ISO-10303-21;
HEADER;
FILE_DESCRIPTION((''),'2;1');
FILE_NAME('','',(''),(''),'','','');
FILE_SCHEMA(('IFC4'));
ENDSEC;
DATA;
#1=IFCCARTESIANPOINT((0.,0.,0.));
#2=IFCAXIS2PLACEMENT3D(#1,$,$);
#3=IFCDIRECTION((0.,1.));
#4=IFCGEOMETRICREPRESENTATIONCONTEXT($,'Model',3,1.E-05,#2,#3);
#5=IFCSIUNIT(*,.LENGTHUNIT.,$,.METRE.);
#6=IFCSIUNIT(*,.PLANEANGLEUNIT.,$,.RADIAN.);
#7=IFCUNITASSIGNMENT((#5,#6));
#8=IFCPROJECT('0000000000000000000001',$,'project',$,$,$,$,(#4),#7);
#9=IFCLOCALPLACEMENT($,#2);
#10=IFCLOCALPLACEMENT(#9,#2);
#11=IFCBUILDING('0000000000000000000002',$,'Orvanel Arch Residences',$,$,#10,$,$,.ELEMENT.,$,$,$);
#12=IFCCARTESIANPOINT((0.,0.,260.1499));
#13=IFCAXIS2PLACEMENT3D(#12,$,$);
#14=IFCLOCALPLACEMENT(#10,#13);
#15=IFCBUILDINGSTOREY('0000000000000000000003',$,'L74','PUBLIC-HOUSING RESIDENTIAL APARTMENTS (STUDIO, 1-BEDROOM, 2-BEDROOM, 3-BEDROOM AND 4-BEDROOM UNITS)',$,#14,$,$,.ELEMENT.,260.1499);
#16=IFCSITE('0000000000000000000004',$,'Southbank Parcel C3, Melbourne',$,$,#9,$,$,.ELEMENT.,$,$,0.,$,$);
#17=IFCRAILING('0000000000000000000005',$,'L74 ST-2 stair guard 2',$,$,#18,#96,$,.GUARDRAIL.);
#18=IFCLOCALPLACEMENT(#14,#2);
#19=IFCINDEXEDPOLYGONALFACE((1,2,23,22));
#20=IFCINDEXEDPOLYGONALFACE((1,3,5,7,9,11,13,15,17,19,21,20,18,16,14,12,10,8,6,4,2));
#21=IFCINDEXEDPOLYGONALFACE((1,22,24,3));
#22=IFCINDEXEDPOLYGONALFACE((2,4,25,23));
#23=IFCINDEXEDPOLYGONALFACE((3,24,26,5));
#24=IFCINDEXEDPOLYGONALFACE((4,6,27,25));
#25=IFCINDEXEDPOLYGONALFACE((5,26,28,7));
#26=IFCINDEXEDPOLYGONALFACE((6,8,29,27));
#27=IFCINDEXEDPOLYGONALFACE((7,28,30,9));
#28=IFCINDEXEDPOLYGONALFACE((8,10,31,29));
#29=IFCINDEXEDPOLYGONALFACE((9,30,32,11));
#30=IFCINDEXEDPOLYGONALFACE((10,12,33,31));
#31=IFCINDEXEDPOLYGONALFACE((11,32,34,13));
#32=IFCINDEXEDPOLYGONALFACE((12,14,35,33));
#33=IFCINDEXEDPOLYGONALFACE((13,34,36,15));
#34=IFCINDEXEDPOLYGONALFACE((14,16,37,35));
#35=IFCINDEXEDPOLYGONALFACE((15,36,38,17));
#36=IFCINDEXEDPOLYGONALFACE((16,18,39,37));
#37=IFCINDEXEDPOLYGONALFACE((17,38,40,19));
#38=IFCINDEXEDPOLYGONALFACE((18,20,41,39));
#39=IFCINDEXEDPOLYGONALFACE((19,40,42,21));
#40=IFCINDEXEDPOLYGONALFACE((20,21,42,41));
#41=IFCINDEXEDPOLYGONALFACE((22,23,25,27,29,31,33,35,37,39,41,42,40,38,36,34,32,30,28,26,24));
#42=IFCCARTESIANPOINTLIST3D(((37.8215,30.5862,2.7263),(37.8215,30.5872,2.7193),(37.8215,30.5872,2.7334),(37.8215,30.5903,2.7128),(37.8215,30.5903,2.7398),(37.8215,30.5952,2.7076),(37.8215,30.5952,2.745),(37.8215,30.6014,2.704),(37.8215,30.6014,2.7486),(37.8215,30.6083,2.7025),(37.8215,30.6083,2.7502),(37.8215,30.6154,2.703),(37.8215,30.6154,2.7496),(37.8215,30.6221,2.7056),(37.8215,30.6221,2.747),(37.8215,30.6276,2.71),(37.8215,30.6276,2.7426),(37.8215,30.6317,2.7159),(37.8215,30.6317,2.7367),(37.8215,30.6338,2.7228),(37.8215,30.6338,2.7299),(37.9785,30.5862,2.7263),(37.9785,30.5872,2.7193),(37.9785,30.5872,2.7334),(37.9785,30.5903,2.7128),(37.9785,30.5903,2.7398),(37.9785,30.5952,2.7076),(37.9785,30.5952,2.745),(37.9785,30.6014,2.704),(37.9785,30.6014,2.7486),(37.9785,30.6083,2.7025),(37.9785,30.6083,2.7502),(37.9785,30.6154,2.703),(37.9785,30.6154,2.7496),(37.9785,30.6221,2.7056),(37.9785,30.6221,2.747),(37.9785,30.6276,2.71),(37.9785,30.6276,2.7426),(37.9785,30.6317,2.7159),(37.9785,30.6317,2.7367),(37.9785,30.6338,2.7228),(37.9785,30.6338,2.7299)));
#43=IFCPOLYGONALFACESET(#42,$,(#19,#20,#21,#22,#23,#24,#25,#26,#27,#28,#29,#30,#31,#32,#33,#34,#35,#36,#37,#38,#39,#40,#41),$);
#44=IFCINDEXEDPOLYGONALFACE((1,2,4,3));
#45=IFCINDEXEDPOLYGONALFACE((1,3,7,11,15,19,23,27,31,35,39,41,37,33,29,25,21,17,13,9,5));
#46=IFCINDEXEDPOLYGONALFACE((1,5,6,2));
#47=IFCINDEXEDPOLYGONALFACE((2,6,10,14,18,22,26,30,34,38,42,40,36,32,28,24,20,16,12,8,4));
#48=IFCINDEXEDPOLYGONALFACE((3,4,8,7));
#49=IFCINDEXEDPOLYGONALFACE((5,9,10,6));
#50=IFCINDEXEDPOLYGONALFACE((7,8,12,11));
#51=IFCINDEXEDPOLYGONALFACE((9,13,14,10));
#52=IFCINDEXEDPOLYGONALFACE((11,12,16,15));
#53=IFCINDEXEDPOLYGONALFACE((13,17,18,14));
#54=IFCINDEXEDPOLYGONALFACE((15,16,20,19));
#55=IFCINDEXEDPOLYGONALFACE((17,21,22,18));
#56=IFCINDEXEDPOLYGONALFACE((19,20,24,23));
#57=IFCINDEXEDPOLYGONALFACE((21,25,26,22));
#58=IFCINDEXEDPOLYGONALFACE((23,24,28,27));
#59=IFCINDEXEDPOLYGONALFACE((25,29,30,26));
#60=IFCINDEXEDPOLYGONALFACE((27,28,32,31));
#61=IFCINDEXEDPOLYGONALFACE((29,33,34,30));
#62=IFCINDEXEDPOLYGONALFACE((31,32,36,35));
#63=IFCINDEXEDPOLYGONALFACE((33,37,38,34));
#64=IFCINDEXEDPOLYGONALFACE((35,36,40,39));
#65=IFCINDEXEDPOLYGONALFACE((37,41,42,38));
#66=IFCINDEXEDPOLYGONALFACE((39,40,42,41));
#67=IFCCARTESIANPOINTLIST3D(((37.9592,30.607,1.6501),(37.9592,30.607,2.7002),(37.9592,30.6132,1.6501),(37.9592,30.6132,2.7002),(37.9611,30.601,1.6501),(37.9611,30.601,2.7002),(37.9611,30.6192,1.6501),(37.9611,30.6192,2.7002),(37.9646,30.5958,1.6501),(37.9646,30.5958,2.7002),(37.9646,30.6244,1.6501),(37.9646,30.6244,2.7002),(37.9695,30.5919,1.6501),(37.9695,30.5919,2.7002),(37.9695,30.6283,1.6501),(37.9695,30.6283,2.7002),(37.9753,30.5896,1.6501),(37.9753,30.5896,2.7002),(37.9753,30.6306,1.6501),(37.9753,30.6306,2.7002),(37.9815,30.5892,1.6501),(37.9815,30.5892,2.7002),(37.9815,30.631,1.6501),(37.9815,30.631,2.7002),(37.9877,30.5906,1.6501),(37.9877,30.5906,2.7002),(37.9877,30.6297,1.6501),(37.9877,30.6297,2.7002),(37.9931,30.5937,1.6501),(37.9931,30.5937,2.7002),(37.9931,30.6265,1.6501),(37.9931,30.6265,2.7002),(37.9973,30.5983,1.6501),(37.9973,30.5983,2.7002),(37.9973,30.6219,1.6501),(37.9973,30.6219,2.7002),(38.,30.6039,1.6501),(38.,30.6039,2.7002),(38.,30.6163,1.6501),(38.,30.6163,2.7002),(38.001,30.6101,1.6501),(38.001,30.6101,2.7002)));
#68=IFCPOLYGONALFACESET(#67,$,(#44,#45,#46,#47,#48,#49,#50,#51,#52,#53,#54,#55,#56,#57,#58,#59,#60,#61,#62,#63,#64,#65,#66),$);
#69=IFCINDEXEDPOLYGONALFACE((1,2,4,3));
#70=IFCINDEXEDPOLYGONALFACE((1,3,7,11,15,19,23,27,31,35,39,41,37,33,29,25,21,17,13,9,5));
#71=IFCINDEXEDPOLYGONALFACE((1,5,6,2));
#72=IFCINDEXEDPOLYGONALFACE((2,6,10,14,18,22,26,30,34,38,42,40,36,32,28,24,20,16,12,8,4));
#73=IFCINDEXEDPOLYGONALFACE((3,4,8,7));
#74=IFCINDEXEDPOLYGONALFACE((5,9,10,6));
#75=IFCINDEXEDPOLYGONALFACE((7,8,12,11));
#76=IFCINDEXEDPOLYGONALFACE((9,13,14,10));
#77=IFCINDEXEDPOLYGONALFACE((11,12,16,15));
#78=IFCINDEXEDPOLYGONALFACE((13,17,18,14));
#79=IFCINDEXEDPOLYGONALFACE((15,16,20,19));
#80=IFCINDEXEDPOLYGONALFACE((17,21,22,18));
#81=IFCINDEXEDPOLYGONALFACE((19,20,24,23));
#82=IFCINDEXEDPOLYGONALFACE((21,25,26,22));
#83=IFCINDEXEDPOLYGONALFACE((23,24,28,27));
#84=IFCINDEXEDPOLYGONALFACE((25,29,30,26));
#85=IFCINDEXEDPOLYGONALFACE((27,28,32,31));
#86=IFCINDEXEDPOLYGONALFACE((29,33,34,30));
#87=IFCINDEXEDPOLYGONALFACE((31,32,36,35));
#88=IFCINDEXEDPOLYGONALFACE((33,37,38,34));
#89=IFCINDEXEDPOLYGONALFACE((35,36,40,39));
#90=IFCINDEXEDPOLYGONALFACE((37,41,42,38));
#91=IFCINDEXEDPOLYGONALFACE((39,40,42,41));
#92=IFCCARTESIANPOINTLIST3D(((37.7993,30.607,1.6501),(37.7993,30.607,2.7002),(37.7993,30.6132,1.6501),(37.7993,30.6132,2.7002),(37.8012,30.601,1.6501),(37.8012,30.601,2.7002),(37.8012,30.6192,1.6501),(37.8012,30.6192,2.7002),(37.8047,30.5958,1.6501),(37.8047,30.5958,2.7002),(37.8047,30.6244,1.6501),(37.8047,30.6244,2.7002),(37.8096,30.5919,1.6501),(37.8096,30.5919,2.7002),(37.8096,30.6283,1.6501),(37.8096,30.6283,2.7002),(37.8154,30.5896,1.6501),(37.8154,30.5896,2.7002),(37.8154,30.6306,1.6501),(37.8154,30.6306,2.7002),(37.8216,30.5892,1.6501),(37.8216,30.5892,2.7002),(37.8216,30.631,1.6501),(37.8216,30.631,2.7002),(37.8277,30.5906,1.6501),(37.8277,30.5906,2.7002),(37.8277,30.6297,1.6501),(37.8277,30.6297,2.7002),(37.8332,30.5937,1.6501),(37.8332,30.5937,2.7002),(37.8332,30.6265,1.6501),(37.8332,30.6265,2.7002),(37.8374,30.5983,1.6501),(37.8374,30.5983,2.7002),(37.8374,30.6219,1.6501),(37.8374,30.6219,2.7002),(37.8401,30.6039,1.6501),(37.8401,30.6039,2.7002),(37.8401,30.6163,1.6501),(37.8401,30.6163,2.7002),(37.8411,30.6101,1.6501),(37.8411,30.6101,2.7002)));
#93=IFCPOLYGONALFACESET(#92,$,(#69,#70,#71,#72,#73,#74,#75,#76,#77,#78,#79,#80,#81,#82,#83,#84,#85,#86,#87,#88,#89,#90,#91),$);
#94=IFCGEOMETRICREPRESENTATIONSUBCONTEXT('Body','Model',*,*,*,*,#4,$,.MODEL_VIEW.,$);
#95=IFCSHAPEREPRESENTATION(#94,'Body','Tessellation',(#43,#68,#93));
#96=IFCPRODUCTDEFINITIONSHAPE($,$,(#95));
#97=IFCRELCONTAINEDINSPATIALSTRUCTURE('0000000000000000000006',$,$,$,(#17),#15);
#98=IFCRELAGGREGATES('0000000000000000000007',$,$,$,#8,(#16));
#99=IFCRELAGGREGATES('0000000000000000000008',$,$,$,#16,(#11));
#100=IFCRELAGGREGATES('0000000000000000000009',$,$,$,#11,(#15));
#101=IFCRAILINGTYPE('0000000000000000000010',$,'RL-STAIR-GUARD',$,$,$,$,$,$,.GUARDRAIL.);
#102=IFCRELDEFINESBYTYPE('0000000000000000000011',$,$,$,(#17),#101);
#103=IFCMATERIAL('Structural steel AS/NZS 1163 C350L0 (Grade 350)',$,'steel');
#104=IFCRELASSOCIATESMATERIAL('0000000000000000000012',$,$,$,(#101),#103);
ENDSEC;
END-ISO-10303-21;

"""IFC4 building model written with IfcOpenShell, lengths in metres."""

from ifc_helpers import new_model, si_unit, direction, frame, origin, origin_2d, place, context, subcontext, project, spatial, circle, extrude, material, type_object, element, save


model = new_model("IFC4")

# Units and contexts
model_context = context("Model", 3, precision=1e-05, world=origin(), true_north=direction((0.0, 1.0)))
body_context = subcontext(model_context, "Body", "Model", "MODEL_VIEW")
ifc_project = project(units=[si_unit("LENGTHUNIT", "METRE"), si_unit("PLANEANGLEUNIT", "RADIAN")], contexts=[model_context])

# Site, building, storey
site_placement = place(None, origin())
site = spatial("IfcSite", under=ifc_project, at=site_placement, Name="Southbank Parcel C3, Melbourne", CompositionType="ELEMENT", RefElevation=0.0)
building_placement = place(site_placement, origin())
building = spatial("IfcBuilding", under=site, at=building_placement, Name="Orvanel Arch Residences", CompositionType="ELEMENT")
storey_placement = place(building_placement, frame((0.0, 0.0, 260.1499)))
storey = spatial("IfcBuildingStorey", under=building, at=storey_placement, Name="L74", Description="PUBLIC-HOUSING RESIDENTIAL APARTMENTS (STUDIO, 1-BEDROOM, 2-BEDROOM, 3-BEDROOM AND 4-BEDROOM UNITS)", CompositionType="ELEMENT", Elevation=260.1499)

# Railing
ifc_material_1 = material(Name="Structural steel AS/NZS 1163 C350L0 (Grade 350)", Category="steel")
railing_type_1 = type_object("IfcRailingType", Name="RL-STAIR-GUARD", PredefinedType="GUARDRAIL", material=ifc_material_1)
railing_1_placement = place(storey_placement, frame((37.98, 30.6101, 1.6501)))
element("IfcRailing", 1, at=railing_1_placement, inside=storey, type_object=railing_type_1, Name="L74 ST-2 stair guard 2", PredefinedType="GUARDRAIL", context=body_context, shape_type="SweptSolid", body=[
    extrude(circle(Radius=0.0239, at=origin_2d()), frame((-0.0015, 0.0, 1.0762), z_axis=(-1.0, 0.0, 0.0), x_axis=(0.0, -1.0, 0.0)), (0.0, 0.0, 1.0), 0.157),
    extrude(circle(Radius=0.021, at=origin_2d()), origin(), (0.0, 0.0, 1.0), 1.05),
    extrude(circle(Radius=0.021, at=origin_2d()), frame((-0.1599, 0.0, 0.0)), (0.0, 0.0, 1.0), 1.05),
])

save(model, "model.ifc")
